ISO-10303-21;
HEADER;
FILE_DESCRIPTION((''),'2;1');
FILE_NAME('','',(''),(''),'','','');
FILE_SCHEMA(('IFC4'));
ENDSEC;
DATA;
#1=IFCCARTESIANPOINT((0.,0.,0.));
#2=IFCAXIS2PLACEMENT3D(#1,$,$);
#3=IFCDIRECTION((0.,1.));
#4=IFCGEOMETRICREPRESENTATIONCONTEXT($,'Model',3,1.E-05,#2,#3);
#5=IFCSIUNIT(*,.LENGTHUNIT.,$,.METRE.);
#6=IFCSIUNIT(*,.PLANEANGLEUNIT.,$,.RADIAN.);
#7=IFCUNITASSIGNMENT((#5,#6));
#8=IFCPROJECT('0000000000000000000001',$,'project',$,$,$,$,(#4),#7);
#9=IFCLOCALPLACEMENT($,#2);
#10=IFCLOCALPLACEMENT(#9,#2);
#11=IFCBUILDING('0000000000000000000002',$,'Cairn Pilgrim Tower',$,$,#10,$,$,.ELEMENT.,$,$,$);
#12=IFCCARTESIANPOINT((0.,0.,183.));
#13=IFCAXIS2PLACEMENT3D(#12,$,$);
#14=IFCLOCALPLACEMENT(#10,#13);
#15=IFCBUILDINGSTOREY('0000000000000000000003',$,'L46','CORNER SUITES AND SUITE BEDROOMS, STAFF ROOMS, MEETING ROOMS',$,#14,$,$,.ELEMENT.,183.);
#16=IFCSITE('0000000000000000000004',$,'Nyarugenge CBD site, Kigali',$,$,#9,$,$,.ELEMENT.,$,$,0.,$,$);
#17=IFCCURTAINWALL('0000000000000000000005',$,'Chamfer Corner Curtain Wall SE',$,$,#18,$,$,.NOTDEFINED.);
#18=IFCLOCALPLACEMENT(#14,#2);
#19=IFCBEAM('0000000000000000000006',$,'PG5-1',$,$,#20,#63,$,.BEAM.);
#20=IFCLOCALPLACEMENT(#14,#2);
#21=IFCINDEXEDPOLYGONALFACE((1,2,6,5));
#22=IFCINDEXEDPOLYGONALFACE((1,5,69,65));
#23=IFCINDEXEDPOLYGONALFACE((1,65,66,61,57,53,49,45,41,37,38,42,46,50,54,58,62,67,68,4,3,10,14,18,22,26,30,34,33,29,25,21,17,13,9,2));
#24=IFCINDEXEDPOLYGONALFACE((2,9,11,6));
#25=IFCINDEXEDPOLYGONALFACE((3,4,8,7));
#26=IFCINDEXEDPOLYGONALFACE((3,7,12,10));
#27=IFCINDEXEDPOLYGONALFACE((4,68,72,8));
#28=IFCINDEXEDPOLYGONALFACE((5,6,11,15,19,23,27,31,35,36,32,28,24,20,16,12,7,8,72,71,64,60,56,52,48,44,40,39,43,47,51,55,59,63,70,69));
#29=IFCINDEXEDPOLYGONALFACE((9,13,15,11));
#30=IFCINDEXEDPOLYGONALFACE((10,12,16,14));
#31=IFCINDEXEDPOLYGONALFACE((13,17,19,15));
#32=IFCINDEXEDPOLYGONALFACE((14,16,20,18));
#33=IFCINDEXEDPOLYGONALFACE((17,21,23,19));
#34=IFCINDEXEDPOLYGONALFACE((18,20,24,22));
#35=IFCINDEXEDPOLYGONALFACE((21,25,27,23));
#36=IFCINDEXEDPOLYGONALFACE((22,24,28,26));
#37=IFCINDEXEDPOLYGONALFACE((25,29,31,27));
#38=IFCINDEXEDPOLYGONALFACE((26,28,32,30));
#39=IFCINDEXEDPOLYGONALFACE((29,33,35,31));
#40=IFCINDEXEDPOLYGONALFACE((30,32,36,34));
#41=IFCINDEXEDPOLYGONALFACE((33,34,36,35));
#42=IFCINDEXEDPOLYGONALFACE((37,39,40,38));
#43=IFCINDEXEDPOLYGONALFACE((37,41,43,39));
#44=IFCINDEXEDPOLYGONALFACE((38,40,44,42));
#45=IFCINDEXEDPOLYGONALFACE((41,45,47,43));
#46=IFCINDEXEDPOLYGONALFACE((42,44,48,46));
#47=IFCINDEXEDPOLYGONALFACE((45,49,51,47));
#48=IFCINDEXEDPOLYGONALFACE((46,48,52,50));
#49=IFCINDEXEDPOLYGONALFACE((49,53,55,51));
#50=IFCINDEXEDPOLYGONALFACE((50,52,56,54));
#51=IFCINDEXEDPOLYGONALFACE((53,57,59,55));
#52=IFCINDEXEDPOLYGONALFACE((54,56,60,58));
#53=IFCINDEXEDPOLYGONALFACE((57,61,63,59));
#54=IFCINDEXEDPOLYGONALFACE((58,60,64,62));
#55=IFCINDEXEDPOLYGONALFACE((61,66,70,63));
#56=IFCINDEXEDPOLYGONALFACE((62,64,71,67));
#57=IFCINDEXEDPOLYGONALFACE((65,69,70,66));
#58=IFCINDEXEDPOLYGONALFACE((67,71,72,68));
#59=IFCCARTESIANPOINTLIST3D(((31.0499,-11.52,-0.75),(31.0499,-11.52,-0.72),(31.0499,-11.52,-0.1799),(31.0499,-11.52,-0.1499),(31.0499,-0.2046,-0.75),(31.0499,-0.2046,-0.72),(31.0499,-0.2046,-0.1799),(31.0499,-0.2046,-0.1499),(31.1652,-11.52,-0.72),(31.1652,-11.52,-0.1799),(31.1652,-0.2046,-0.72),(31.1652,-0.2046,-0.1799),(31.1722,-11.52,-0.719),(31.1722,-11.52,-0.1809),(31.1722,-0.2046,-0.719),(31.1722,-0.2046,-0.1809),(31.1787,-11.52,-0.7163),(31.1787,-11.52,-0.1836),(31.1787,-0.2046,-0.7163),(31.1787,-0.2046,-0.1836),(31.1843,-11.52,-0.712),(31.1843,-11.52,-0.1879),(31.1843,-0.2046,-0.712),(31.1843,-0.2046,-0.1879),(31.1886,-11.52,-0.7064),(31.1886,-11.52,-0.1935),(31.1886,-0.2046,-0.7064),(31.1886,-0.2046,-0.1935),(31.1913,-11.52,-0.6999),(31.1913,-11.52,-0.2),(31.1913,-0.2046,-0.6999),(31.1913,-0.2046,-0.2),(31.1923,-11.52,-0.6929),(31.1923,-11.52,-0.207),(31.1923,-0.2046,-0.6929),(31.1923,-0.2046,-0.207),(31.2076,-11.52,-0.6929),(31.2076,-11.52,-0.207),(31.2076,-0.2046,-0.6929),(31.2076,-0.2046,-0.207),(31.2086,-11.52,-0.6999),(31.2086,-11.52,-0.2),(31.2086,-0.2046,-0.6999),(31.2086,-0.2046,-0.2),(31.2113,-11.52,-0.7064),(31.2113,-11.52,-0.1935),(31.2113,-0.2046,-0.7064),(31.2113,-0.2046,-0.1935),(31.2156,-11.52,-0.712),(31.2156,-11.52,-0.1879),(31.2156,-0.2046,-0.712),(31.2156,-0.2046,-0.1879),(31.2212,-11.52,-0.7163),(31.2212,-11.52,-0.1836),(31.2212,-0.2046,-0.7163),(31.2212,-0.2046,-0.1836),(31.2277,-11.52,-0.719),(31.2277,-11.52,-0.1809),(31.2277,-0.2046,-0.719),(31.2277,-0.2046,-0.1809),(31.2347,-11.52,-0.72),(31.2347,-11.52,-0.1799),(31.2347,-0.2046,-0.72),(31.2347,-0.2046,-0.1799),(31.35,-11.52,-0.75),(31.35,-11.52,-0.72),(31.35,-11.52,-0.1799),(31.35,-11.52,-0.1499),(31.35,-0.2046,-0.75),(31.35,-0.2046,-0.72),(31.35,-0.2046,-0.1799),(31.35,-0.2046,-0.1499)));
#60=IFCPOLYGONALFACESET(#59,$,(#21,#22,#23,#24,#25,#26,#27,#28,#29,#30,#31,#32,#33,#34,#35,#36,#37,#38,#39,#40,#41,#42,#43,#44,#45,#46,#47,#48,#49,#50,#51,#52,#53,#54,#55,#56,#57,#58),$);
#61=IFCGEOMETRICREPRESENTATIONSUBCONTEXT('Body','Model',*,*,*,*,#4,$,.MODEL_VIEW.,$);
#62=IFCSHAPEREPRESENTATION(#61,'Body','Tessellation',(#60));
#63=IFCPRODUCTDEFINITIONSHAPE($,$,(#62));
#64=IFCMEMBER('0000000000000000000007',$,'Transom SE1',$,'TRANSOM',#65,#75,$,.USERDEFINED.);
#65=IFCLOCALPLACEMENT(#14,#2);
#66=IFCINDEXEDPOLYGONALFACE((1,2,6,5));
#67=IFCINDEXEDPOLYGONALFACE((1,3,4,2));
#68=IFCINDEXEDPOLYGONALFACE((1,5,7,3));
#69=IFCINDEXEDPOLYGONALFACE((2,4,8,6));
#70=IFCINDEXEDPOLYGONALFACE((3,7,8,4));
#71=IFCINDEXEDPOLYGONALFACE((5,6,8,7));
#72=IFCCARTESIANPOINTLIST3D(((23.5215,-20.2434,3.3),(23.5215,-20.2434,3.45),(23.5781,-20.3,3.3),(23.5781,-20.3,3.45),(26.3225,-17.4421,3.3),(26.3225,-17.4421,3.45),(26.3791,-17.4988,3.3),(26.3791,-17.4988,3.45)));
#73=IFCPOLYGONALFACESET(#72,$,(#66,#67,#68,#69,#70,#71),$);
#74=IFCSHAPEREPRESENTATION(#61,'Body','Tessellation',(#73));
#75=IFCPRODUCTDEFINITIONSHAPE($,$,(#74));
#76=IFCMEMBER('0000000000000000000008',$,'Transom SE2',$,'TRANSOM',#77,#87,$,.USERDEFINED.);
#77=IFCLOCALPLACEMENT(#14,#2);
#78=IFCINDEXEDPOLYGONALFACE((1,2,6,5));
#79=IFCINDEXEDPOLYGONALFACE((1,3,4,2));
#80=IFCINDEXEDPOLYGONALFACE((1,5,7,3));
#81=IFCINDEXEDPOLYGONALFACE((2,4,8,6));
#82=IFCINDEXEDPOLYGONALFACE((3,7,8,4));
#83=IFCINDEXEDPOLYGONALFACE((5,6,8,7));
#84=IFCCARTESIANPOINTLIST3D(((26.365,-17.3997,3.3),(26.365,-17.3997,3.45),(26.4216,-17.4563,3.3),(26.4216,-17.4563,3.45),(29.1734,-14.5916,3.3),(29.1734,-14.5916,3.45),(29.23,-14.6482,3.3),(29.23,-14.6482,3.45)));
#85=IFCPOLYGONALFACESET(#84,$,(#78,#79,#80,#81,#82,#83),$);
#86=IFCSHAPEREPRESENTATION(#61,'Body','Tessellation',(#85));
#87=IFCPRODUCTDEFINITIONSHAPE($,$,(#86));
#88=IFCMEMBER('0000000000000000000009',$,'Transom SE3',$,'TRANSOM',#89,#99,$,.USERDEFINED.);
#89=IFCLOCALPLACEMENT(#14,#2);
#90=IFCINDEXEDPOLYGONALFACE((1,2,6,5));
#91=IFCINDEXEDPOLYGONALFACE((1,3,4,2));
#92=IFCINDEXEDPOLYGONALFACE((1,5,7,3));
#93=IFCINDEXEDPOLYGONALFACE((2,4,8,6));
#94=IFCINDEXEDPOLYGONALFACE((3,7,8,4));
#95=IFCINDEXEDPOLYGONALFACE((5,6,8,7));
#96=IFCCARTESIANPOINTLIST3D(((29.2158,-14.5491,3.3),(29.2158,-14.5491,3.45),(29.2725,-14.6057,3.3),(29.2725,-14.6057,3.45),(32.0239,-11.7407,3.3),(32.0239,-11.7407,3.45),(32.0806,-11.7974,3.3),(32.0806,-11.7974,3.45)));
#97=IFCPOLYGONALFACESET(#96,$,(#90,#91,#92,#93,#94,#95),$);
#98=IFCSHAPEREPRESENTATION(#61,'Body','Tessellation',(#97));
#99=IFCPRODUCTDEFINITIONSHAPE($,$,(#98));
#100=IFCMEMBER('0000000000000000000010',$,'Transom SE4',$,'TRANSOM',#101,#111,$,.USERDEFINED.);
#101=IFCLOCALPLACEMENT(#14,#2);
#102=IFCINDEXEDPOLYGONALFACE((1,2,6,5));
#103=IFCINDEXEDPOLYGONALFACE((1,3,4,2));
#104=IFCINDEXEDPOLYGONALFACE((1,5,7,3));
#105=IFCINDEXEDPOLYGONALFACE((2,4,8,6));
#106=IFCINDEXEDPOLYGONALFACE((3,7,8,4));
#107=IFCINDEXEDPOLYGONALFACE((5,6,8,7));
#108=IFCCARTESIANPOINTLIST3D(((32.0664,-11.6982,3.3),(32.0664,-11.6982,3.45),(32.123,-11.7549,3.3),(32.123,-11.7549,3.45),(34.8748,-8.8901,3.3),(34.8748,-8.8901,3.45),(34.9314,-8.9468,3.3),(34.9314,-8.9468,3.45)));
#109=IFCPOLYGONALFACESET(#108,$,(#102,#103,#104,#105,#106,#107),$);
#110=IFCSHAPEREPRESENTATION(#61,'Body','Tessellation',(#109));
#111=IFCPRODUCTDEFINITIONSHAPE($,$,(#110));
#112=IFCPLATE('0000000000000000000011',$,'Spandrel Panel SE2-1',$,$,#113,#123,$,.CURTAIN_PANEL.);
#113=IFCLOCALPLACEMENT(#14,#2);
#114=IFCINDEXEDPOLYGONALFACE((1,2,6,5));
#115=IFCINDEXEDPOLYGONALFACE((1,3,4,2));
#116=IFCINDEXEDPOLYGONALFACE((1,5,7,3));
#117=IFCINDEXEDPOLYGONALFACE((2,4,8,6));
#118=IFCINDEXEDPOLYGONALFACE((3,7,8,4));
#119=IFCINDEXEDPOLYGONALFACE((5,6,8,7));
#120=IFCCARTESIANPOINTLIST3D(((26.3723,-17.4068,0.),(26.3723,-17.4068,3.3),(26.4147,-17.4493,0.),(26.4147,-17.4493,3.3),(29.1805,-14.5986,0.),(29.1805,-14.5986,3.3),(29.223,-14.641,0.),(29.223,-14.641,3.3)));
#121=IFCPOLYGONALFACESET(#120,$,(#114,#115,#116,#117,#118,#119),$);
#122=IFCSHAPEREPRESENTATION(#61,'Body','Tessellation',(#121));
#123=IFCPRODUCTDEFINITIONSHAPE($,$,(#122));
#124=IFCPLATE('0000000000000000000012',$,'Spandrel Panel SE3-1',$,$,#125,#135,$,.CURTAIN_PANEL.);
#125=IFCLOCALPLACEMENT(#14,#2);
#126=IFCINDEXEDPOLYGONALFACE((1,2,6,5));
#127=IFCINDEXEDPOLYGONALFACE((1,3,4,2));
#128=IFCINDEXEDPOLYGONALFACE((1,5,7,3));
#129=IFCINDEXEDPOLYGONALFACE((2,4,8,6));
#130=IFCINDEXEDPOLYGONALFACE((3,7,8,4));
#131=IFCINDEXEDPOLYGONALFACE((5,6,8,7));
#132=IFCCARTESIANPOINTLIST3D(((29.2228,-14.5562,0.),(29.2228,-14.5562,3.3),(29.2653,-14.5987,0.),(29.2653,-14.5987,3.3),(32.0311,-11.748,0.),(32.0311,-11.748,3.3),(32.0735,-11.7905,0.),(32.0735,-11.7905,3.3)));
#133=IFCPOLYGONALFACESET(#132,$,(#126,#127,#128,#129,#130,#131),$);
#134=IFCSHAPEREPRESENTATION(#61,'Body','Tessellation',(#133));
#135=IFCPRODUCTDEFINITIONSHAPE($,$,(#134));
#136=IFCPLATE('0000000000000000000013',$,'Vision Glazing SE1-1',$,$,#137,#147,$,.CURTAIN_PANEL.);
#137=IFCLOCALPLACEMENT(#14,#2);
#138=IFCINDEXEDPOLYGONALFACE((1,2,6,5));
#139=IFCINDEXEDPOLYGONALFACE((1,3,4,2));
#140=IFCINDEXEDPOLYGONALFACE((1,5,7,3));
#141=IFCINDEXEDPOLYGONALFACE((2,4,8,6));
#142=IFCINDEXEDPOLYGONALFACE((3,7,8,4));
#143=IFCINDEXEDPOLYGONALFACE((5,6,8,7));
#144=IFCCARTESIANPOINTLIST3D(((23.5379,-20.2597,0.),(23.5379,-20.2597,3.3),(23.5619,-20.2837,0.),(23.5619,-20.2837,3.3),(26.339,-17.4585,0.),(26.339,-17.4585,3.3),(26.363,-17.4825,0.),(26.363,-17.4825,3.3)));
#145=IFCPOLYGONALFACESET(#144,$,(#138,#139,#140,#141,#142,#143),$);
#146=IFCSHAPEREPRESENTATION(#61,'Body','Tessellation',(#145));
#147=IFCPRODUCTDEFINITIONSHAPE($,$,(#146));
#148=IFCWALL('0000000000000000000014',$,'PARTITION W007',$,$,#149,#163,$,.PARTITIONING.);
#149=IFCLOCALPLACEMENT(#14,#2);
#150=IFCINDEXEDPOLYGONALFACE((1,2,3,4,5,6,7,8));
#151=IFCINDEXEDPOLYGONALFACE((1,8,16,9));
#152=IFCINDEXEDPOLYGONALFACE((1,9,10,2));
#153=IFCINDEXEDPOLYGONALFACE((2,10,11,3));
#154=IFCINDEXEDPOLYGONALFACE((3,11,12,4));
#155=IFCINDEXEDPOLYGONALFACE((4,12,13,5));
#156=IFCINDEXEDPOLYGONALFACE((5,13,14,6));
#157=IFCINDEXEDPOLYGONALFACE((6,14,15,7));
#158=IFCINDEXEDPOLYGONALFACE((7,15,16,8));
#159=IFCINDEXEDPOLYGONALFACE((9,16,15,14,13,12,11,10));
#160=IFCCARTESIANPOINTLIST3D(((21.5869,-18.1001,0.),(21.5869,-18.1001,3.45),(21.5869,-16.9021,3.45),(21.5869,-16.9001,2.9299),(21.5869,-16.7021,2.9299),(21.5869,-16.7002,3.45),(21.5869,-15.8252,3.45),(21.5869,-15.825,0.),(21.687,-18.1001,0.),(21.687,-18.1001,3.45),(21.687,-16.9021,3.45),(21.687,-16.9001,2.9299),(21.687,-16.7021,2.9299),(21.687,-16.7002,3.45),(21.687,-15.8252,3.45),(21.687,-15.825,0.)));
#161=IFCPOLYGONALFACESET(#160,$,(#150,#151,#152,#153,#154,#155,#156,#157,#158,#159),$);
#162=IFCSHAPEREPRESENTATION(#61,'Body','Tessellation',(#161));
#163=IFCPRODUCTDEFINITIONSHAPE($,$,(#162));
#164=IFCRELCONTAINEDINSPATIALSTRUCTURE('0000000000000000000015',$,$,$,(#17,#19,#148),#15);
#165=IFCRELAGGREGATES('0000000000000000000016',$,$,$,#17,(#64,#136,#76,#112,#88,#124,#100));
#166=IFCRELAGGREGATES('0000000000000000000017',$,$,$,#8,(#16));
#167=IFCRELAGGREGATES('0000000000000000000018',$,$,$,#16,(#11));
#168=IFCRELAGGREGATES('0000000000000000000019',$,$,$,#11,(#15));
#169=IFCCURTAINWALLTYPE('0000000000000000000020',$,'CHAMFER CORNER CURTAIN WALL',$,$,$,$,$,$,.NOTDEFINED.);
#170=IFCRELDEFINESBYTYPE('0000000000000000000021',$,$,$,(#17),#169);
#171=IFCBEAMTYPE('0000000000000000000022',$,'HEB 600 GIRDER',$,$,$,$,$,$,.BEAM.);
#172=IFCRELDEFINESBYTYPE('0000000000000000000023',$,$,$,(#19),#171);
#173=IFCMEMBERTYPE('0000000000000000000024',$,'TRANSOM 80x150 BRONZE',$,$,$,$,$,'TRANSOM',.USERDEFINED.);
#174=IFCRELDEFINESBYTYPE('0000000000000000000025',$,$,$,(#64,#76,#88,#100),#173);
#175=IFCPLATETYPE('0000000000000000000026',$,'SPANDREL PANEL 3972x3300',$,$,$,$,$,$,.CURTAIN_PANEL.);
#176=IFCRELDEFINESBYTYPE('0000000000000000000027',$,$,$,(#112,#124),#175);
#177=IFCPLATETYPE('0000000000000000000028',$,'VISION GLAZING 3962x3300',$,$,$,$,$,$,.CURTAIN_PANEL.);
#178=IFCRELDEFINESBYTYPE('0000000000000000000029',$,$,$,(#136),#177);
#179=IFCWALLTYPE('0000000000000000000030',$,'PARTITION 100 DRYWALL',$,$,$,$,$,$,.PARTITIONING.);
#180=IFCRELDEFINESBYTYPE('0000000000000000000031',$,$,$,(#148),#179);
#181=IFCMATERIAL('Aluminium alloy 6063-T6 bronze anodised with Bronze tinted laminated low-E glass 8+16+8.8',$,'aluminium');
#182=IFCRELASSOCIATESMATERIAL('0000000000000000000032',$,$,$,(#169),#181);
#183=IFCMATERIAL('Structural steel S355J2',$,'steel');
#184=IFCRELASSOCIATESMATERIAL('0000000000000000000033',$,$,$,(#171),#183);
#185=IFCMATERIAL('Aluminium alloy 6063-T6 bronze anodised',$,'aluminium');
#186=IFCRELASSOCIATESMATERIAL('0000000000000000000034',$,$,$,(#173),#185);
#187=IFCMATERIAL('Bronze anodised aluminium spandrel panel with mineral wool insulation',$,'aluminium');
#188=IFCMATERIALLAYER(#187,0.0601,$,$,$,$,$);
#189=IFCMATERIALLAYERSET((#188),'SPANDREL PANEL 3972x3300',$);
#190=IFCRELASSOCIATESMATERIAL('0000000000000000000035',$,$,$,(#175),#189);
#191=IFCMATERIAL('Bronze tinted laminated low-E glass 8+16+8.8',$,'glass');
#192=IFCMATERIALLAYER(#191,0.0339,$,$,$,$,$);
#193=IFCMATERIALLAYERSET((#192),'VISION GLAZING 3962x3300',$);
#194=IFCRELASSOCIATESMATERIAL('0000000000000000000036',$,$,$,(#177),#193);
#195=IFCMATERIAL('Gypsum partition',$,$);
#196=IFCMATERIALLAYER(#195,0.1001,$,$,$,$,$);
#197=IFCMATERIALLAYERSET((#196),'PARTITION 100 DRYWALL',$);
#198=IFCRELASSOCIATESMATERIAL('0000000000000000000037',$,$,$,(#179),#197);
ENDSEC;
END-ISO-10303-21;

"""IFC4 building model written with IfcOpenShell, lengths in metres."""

from ifc_helpers import new_model, si_unit, direction, frame, origin, origin_2d, place, context, subcontext, project, spatial, polyline, rectangle, i_section, outline, extrude, material, layer, layer_set, material_profile, profile_set, type_object, element, aggregate, save


model = new_model("IFC4")

# Units and contexts
model_context = context("Model", 3, precision=1e-05, world=origin(), true_north=direction((0.0, 1.0)))
body_context = subcontext(model_context, "Body", "Model", "MODEL_VIEW")
ifc_project = project(units=[si_unit("LENGTHUNIT", "METRE"), si_unit("PLANEANGLEUNIT", "RADIAN")], contexts=[model_context])

# Site, building, storey
site_placement = place(None, origin())
site = spatial("IfcSite", under=ifc_project, at=site_placement, Name="Nyarugenge CBD site, Kigali", CompositionType="ELEMENT", RefElevation=0.0)
building_placement = place(site_placement, origin())
building = spatial("IfcBuilding", under=site, at=building_placement, Name="Cairn Pilgrim Tower", CompositionType="ELEMENT")
storey_placement = place(building_placement, frame((0.0, 0.0, 183.0)))
storey = spatial("IfcBuildingStorey", under=building, at=storey_placement, Name="L46", Description="CORNER SUITES AND SUITE BEDROOMS, STAFF ROOMS, MEETING ROOMS", CompositionType="ELEMENT", Elevation=183.0)

# Shared definitions
ifc_material_1 = material(Name="Structural steel S355J2", Category="steel")

# Curtain wall
ifc_material_2 = material(Name="Aluminium alloy 6063-T6 bronze anodised with Bronze tinted laminated low-E glass 8+16+8.8", Category="aluminium")
curtain_wall_type = type_object("IfcCurtainWallType", Name="CHAMFER CORNER CURTAIN WALL", PredefinedType="NOTDEFINED", material=ifc_material_2)
curtain_wall_placement = place(storey_placement, origin())
curtain_wall = element("IfcCurtainWall", 1, at=curtain_wall_placement, inside=storey, type_object=curtain_wall_type, Name="Chamfer Corner Curtain Wall SE", PredefinedType="NOTDEFINED")
ifc_material_3 = material(Name="Aluminium alloy 6063-T6 bronze anodised", Category="aluminium")

# Beam
ifc_material_profile_1 = material_profile(ifc_material_1, i_section(OverallWidth=0.3, OverallDepth=0.6001, WebThickness=0.0154, FlangeThickness=0.03, FilletRadius=0.0271, at=origin_2d()), Name="HEB 600")
ifc_profile_set_1 = profile_set([ifc_material_profile_1], Name="Structural steel S355J2")
beam_type_1 = type_object("IfcBeamType", Name="HEB 600 GIRDER", PredefinedType="BEAM", material=ifc_profile_set_1)
beam_1_placement = place(storey_placement, frame((31.2, -11.52, -0.45), z_axis=(0.0, 1.0, 0.0), x_axis=(-1.0, 0.0, 0.0)))
element("IfcBeam", 2, at=beam_1_placement, inside=storey, type_object=beam_type_1, Name="PG5-1", PredefinedType="BEAM", context=body_context, shape_type="SweptSolid", body=[
    extrude(i_section(OverallWidth=0.3, OverallDepth=0.6001, WebThickness=0.0154, FlangeThickness=0.03, FilletRadius=0.0271, at=origin_2d()), origin(), (0.0, 0.0, 1.0), 11.3154),
])

# Members
ifc_material_profile_2 = material_profile(ifc_material_3, rectangle(XDim=0.0801, YDim=0.1499, at=origin_2d()), Name="TRANSOM 80x150 BRONZE")
ifc_profile_set_2 = profile_set([ifc_material_profile_2], Name="Aluminium alloy 6063-T6 bronze anodised")
member_type_1 = type_object("IfcMemberType", Name="TRANSOM 80x150 BRONZE", ElementType="TRANSOM", PredefinedType="USERDEFINED", material=ifc_profile_set_2)
member_1_placement = place(storey_placement, frame((23.5498, -20.2717, 3.375), z_axis=(0.707076, 0.707138, 0.0), x_axis=(-0.707138, 0.707076, 0.0)))
member_1 = element("IfcMember", 3, at=member_1_placement, type_object=member_type_1, Name="Transom SE1", ObjectType="TRANSOM", PredefinedType="USERDEFINED", context=body_context, shape_type="SweptSolid", body=[
    extrude(rectangle(XDim=0.0801, YDim=0.1499, at=origin_2d()), origin(), (0.0, 0.0, 1.0), 3.9614),
])
member_2_placement = place(storey_placement, frame((26.3933, -17.428, 3.375), z_axis=(0.707138, 0.707076, 0.0), x_axis=(-0.707076, 0.707138, 0.0)))
member_2 = element("IfcMember", 4, at=member_2_placement, type_object=member_type_1, Name="Transom SE2", ObjectType="TRANSOM", PredefinedType="USERDEFINED", context=body_context, shape_type="SweptSolid", body=[
    extrude(rectangle(XDim=0.0801, YDim=0.1499, at=origin_2d()), origin(), (0.0, 0.0, 1.0), 3.9714),
])
member_3_placement = place(storey_placement, frame((29.2441, -14.5774, 3.375), z_axis=(0.707076, 0.707138, 0.0), x_axis=(-0.707138, 0.707076, 0.0)))
member_3 = element("IfcMember", 5, at=member_3_placement, type_object=member_type_1, Name="Transom SE3", ObjectType="TRANSOM", PredefinedType="USERDEFINED", context=body_context, shape_type="SweptSolid", body=[
    extrude(rectangle(XDim=0.0801, YDim=0.1499, at=origin_2d()), origin(), (0.0, 0.0, 1.0), 3.9714),
])
member_4_placement = place(storey_placement, frame((32.0947, -11.7266, 3.375), z_axis=(0.707138, 0.707076, 0.0), x_axis=(-0.707076, 0.707138, 0.0)))
member_4 = element("IfcMember", 6, at=member_4_placement, type_object=member_type_1, Name="Transom SE4", ObjectType="TRANSOM", PredefinedType="USERDEFINED", context=body_context, shape_type="SweptSolid", body=[
    extrude(rectangle(XDim=0.0801, YDim=0.1499, at=origin_2d()), origin(), (0.0, 0.0, 1.0), 3.9714),
])

# Plates
ifc_material_4 = material(Name="Bronze anodised aluminium spandrel panel with mineral wool insulation", Category="aluminium")
ifc_layer_1 = layer(ifc_material_4, 0.0601)
ifc_layer_set_1 = layer_set([ifc_layer_1], Name="SPANDREL PANEL 3972x3300")
plate_type_1 = type_object("IfcPlateType", Name="SPANDREL PANEL 3972x3300", PredefinedType="CURTAIN_PANEL", material=ifc_layer_set_1)
plate_1_placement = place(storey_placement, frame((27.7976, -16.0239, 0.0), z_axis=(0.0, 0.0, 1.0), x_axis=(0.707107, 0.707107, 0.0)))
plate_1 = element("IfcPlate", 7, at=plate_1_placement, type_object=plate_type_1, Name="Spandrel Panel SE2-1", PredefinedType="CURTAIN_PANEL", context=body_context, shape_type="SweptSolid", body=[
    extrude(rectangle(XDim=3.9714, YDim=0.0601, at=origin_2d()), origin(), (0.0, 0.0, 1.0), 3.3),
])
plate_2_placement = place(storey_placement, frame((30.6482, -13.1733, 0.0), z_axis=(0.0, 0.0, 1.0), x_axis=(0.707107, 0.707107, 0.0)))
plate_2 = element("IfcPlate", 8, at=plate_2_placement, type_object=plate_type_1, Name="Spandrel Panel SE3-1", PredefinedType="CURTAIN_PANEL", context=body_context, shape_type="SweptSolid", body=[
    extrude(rectangle(XDim=3.9714, YDim=0.0601, at=origin_2d()), origin(), (0.0, 0.0, 1.0), 3.3),
])
ifc_material_5 = material(Name="Bronze tinted laminated low-E glass 8+16+8.8", Category="glass")
ifc_layer_2 = layer(ifc_material_5, 0.0339)
ifc_layer_set_2 = layer_set([ifc_layer_2], Name="VISION GLAZING 3962x3300")
plate_type_2 = type_object("IfcPlateType", Name="VISION GLAZING 3962x3300", PredefinedType="CURTAIN_PANEL", material=ifc_layer_set_2)
plate_3_placement = place(storey_placement, frame((24.9504, -18.8711, 0.0), z_axis=(0.0, 0.0, 1.0), x_axis=(0.707107, 0.707107, 0.0)))
plate_3 = element("IfcPlate", 9, at=plate_3_placement, type_object=plate_type_2, Name="Vision Glazing SE1-1", PredefinedType="CURTAIN_PANEL", context=body_context, shape_type="SweptSolid", body=[
    extrude(rectangle(XDim=3.9614, YDim=0.0339, at=origin_2d()), origin(), (0.0, 0.0, 1.0), 3.3),
])
aggregate(curtain_wall, [member_1, plate_3, member_2, plate_1, member_3, plate_2, member_4])

# Wall
ifc_material_6 = material(Name="Gypsum partition")
ifc_layer_3 = layer(ifc_material_6, 0.1001)
ifc_layer_set_3 = layer_set([ifc_layer_3], Name="PARTITION 100 DRYWALL")
wall_type_1 = type_object("IfcWallType", Name="PARTITION 100 DRYWALL", PredefinedType="PARTITIONING", material=ifc_layer_set_3)
wall_1_placement = place(storey_placement, frame((21.637, -18.1001, 0.0), z_axis=(0.0, 0.0, 1.0), x_axis=(0.0, 1.0, 0.0)))
element("IfcWall", 10, at=wall_1_placement, inside=storey, type_object=wall_type_1, Name="PARTITION W007", PredefinedType="PARTITIONING", context=body_context, shape_type="SweptSolid", body=[
    extrude(outline(polyline([(0.0, 0.0), (2.2751, 0.0), (2.2749, 3.45), (1.3999, 3.45), (1.3979, 2.9299), (1.2, 2.9299), (1.198, 3.45), (0.0, 3.45), (0.0, 0.0)])), frame((0.0, 0.05, 0.0), z_axis=(0.0, -1.0, 0.0), x_axis=(1.0, 0.0, 0.0)), (0.0, 0.0, 1.0), 0.1001),
])

save(model, "model.ifc")
